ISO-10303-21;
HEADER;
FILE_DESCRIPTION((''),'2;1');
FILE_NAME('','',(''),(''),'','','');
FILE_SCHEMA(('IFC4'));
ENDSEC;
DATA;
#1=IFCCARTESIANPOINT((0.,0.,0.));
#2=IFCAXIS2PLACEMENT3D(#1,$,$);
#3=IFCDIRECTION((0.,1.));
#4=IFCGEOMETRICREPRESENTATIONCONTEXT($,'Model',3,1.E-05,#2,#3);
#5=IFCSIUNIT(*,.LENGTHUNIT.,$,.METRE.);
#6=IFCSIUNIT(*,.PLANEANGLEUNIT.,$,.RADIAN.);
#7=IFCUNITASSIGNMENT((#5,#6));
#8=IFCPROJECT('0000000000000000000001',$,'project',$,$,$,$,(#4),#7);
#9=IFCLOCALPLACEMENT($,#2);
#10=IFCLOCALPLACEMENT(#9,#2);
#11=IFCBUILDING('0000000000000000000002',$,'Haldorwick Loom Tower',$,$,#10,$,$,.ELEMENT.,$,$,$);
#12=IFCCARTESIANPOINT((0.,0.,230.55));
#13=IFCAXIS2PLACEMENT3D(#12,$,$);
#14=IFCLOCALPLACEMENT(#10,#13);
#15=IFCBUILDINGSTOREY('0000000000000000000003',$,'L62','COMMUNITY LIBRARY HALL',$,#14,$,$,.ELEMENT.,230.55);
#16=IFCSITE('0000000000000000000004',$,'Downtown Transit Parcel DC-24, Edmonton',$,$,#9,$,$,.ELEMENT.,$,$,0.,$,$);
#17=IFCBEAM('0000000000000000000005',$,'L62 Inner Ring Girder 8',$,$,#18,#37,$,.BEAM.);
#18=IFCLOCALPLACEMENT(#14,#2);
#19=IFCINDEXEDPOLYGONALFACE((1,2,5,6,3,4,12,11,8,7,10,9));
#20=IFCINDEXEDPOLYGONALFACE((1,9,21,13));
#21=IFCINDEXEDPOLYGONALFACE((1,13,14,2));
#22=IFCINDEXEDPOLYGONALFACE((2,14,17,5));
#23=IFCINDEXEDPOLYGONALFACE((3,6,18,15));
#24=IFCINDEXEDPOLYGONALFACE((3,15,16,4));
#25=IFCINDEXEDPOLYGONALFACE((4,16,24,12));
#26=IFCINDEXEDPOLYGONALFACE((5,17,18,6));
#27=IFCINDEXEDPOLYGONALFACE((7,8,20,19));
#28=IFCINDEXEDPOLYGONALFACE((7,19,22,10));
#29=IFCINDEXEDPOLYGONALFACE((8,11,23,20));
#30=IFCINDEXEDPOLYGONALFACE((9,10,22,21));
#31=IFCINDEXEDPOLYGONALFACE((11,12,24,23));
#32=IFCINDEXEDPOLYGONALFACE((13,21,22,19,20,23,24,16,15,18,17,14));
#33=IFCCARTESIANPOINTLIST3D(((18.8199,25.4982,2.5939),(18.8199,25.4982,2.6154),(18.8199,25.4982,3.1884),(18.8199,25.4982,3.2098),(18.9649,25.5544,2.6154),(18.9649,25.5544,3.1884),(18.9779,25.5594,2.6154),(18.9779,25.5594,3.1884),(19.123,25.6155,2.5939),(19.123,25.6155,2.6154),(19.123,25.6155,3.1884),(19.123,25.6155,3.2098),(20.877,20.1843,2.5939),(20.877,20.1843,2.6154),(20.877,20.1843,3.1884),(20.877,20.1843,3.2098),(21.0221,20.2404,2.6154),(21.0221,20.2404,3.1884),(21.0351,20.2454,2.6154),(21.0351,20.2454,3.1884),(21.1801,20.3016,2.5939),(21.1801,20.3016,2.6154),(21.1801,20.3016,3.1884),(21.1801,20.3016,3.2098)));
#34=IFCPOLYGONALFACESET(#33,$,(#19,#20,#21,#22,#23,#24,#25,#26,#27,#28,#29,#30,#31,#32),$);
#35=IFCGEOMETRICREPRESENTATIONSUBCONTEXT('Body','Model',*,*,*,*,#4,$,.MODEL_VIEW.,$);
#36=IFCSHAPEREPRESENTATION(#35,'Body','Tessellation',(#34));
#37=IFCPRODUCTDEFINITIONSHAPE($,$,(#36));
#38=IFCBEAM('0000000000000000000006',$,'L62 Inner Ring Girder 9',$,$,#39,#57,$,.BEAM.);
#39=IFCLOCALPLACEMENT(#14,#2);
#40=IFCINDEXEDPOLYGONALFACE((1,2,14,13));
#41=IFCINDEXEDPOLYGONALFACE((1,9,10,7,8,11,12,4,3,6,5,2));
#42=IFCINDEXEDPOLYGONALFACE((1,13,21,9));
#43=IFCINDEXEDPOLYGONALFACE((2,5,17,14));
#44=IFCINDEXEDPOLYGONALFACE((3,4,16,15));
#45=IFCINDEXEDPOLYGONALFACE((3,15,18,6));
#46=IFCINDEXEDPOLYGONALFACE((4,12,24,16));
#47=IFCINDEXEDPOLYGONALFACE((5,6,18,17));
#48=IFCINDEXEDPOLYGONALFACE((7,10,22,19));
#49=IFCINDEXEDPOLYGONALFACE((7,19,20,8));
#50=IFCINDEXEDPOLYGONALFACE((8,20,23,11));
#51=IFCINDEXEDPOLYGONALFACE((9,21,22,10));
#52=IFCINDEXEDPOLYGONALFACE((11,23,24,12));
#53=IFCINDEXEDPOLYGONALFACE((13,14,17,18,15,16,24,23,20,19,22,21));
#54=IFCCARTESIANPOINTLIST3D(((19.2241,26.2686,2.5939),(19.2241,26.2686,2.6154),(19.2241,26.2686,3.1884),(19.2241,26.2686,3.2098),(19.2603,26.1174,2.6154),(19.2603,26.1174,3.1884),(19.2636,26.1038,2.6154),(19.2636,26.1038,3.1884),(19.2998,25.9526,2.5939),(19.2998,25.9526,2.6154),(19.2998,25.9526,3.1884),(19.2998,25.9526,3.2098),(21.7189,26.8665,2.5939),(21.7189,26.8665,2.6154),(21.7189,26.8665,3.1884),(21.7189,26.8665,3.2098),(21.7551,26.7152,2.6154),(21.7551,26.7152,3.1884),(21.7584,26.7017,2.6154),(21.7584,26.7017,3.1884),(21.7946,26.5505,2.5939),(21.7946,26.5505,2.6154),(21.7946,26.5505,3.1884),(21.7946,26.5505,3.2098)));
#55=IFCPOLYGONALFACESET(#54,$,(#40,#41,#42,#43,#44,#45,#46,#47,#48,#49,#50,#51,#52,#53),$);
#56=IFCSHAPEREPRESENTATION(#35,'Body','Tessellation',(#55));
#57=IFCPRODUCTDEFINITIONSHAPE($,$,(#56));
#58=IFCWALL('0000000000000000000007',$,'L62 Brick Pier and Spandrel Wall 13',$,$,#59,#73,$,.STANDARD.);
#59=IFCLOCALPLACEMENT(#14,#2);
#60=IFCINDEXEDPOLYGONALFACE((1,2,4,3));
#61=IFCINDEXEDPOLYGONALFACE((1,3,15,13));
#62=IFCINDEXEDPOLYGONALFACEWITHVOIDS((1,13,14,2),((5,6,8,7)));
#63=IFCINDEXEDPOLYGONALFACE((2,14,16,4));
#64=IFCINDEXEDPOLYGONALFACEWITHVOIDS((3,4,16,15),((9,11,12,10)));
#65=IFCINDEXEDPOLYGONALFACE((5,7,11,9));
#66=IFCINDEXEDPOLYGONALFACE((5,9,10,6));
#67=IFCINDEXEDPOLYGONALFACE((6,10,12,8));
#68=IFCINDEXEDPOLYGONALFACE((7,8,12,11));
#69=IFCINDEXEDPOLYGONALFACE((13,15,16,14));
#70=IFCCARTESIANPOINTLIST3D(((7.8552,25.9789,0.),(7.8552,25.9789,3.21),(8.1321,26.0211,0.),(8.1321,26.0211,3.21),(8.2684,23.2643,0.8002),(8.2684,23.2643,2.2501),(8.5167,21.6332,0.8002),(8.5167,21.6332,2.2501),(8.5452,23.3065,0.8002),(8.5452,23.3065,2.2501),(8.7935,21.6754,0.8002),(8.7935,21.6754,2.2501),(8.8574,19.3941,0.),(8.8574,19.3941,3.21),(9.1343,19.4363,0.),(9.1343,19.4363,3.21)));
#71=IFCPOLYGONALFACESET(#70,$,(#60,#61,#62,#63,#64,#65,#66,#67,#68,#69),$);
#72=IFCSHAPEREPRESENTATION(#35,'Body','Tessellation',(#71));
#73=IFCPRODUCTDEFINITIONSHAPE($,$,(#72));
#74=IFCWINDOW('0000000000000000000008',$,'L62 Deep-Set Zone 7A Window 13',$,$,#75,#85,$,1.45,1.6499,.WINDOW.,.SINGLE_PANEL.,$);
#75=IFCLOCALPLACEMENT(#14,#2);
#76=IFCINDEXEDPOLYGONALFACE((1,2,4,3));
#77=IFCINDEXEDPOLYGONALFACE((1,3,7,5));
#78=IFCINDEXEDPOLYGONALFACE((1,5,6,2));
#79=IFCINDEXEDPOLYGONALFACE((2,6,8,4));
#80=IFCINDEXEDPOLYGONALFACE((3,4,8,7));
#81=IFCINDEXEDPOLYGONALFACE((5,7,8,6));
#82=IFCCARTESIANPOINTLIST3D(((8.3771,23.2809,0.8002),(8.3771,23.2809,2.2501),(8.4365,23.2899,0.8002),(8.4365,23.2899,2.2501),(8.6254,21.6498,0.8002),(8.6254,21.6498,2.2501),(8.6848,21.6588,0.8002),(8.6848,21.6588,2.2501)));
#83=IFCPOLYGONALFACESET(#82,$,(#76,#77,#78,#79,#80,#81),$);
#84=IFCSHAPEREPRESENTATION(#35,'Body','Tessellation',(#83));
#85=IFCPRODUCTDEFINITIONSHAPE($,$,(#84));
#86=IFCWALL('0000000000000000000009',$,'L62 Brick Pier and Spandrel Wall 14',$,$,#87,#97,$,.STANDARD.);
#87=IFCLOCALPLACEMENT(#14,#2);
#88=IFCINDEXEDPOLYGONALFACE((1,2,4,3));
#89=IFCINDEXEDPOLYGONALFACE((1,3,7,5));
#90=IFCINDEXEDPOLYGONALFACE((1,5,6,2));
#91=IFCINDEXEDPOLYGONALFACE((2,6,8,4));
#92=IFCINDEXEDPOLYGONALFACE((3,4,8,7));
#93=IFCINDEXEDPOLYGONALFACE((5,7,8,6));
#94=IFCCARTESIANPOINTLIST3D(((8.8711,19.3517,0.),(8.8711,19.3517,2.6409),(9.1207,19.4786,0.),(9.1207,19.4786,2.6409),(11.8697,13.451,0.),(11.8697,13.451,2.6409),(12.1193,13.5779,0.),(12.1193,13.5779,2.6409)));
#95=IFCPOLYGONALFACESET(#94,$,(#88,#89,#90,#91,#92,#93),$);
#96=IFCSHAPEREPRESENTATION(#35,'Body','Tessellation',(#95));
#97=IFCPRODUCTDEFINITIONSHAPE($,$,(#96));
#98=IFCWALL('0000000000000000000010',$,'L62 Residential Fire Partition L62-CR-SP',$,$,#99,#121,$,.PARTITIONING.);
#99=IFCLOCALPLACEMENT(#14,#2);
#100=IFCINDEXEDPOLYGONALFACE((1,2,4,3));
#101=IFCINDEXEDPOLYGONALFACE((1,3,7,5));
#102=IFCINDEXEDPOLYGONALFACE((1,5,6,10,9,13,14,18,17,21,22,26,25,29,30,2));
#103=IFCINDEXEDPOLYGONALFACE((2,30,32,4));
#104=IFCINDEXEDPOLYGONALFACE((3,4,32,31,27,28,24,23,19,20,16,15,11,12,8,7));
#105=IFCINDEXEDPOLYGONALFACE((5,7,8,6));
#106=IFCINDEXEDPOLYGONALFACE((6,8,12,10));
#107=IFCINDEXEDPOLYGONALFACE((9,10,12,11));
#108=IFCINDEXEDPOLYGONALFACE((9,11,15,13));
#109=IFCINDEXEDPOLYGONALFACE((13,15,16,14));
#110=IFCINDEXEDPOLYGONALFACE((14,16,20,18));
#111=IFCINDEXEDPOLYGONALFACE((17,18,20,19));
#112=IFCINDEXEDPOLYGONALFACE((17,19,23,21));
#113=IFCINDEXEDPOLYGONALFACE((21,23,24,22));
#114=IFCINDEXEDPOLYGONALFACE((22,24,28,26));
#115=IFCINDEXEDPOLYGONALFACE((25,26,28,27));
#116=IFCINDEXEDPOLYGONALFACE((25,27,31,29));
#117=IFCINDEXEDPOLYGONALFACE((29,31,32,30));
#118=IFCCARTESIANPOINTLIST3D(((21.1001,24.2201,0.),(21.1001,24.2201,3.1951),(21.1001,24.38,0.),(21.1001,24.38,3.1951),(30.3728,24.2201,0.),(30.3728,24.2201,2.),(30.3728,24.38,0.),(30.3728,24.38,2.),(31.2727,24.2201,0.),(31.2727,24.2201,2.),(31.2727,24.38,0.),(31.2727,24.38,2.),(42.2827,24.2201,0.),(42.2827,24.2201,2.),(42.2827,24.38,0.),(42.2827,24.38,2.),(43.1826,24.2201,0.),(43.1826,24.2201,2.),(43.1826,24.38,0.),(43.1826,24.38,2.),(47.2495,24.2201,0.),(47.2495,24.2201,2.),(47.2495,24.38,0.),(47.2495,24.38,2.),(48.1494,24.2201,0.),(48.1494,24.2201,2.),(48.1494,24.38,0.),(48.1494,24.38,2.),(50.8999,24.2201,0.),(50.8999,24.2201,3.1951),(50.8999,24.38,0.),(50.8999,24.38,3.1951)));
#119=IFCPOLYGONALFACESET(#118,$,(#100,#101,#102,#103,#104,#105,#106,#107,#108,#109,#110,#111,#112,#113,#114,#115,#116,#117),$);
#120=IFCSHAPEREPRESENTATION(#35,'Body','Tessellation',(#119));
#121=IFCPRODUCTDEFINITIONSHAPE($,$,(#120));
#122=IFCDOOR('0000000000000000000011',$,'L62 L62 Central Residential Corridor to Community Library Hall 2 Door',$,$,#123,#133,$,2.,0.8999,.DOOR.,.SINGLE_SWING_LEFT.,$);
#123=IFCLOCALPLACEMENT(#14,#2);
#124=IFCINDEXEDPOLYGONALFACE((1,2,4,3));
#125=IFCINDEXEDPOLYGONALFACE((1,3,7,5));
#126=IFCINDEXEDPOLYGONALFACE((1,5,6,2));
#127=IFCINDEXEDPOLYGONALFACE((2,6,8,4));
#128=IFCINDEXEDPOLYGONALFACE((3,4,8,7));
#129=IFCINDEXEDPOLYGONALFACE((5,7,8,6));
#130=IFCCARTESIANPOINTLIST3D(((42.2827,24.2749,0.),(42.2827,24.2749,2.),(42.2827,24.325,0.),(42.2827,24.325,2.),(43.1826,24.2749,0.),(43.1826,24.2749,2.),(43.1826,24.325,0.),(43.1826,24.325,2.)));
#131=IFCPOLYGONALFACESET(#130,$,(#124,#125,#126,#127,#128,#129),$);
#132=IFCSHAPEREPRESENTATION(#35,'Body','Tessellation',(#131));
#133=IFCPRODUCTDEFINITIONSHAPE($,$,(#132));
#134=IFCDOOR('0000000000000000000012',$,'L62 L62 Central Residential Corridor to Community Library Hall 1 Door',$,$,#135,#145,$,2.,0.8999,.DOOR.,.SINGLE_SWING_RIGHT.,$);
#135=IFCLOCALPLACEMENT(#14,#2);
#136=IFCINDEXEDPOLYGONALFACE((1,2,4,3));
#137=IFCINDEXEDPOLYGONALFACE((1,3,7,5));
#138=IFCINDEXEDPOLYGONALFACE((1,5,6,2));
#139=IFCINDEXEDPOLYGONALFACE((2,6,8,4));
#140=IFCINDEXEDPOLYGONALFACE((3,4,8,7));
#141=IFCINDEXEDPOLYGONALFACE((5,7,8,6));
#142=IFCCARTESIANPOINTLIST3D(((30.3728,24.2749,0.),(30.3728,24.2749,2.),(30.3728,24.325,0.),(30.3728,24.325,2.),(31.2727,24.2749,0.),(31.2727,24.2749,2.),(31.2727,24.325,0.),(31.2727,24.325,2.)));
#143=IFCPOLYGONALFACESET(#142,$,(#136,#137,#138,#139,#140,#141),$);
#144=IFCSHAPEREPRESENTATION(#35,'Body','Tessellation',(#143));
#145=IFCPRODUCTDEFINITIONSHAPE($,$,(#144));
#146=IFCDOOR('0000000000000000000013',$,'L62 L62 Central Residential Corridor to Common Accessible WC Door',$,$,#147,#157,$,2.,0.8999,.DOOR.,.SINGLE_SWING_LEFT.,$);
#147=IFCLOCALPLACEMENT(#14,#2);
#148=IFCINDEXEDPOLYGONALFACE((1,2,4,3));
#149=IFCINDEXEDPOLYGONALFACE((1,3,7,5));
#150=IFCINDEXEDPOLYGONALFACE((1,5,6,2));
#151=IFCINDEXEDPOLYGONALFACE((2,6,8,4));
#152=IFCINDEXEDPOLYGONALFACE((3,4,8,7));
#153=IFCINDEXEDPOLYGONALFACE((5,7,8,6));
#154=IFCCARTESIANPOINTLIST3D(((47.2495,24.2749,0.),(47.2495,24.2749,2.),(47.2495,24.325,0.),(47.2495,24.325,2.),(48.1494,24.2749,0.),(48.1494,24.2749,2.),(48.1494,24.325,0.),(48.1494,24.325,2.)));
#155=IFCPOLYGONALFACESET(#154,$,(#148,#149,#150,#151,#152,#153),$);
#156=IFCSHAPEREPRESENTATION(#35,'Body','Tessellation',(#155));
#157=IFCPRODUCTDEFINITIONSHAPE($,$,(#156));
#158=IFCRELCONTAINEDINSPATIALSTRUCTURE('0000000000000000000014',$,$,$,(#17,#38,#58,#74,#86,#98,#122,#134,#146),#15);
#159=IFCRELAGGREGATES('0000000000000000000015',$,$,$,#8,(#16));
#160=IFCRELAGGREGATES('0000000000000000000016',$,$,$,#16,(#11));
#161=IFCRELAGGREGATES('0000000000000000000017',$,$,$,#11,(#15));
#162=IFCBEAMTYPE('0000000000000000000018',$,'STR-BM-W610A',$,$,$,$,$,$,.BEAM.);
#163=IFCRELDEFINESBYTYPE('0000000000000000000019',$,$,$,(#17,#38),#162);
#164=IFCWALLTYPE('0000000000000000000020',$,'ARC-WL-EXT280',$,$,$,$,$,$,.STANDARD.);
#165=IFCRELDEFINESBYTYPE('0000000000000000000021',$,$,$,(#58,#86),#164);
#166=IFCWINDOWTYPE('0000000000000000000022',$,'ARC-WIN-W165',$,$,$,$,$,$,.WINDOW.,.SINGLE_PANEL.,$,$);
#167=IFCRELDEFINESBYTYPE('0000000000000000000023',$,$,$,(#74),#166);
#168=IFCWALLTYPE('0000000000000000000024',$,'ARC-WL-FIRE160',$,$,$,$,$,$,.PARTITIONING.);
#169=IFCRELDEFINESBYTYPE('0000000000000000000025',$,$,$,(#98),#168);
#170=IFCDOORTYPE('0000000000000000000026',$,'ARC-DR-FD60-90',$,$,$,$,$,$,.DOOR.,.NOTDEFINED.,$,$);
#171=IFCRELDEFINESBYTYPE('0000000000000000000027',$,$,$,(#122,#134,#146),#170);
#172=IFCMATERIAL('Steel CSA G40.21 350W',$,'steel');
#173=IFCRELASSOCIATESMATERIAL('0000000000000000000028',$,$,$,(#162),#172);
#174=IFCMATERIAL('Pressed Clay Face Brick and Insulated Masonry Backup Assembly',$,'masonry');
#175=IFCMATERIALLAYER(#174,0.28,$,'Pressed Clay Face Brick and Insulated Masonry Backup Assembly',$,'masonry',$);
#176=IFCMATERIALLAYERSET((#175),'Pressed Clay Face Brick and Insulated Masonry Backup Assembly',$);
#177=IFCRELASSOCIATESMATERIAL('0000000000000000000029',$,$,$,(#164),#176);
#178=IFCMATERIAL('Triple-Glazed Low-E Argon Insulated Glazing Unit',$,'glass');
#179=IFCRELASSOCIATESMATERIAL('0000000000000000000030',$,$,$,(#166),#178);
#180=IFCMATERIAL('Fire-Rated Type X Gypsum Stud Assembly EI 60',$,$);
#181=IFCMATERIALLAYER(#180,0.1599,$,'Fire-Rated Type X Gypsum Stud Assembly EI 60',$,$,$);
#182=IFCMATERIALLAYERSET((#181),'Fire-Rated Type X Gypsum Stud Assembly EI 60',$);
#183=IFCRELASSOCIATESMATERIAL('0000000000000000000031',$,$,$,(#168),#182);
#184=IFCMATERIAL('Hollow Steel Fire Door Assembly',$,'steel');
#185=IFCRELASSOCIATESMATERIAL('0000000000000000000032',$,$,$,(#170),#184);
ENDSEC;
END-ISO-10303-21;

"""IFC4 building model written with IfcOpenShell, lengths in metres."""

from ifc_helpers import new_model, si_unit, direction, frame, frame_2d, origin, origin_2d, place, context, subcontext, project, spatial, rectangle, i_section, extrude, material, layer, layer_set, material_profile, profile_set, type_object, element, fill, save


model = new_model("IFC4")

# Units and contexts
model_context = context("Model", 3, precision=1e-05, world=origin(), true_north=direction((0.0, 1.0)))
body_context = subcontext(model_context, "Body", "Model", "MODEL_VIEW")
ifc_project = project(units=[si_unit("LENGTHUNIT", "METRE"), si_unit("PLANEANGLEUNIT", "RADIAN")], contexts=[model_context])

# Site, building, storey
site_placement = place(None, origin())
site = spatial("IfcSite", under=ifc_project, at=site_placement, Name="Downtown Transit Parcel DC-24, Edmonton", CompositionType="ELEMENT", RefElevation=0.0)
building_placement = place(site_placement, origin())
building = spatial("IfcBuilding", under=site, at=building_placement, Name="Haldorwick Loom Tower", CompositionType="ELEMENT")
storey_placement = place(building_placement, frame((0.0, 0.0, 230.55)))
storey = spatial("IfcBuildingStorey", under=building, at=storey_placement, Name="L62", Description="COMMUNITY LIBRARY HALL", CompositionType="ELEMENT", Elevation=230.55)

# Beams
ifc_material_1 = material(Name="Steel CSA G40.21 350W", Category="steel")
ifc_material_profile_1 = material_profile(ifc_material_1, i_section(OverallWidth=0.325, OverallDepth=0.616, WebThickness=0.0139, FlangeThickness=0.0215, at=origin_2d()), Name="W610X174", Category="steel")
ifc_profile_set_1 = profile_set([ifc_material_profile_1], Name="Steel CSA G40.21 350W")
beam_type_1 = type_object("IfcBeamType", Name="STR-BM-W610A", PredefinedType="BEAM", material=ifc_profile_set_1)
beam_1_placement = place(storey_placement, frame((21.0286, 20.2429, 2.9019), z_axis=(-0.361011, 0.932562, 0.0), x_axis=(-0.932562, -0.361011, 0.0)))
element("IfcBeam", 1, at=beam_1_placement, inside=storey, type_object=beam_type_1, Name="L62 Inner Ring Girder 8", PredefinedType="BEAM", context=body_context, shape_type="SweptSolid", body=[
    extrude(i_section(OverallWidth=0.325, OverallDepth=0.616, WebThickness=0.0139, FlangeThickness=0.0215, at=origin_2d()), origin(), (0.0, 0.0, 1.0), 5.6982),
])
beam_2_placement = place(storey_placement, frame((19.262, 26.1106, 2.9019), z_axis=(0.972464, 0.233053, 0.0), x_axis=(-0.233053, 0.972464, 0.0)))
element("IfcBeam", 2, at=beam_2_placement, inside=storey, type_object=beam_type_1, Name="L62 Inner Ring Girder 9", PredefinedType="BEAM", context=body_context, shape_type="SweptSolid", body=[
    extrude(i_section(OverallWidth=0.325, OverallDepth=0.616, WebThickness=0.0139, FlangeThickness=0.0215, at=origin_2d()), origin(), (0.0, 0.0, 1.0), 2.5654),
])

# Wall, opening, window
ifc_material_2 = material(Name="Pressed Clay Face Brick and Insulated Masonry Backup Assembly", Category="masonry")
ifc_layer_1 = layer(ifc_material_2, 0.28, Name="Pressed Clay Face Brick and Insulated Masonry Backup Assembly", Category="masonry")
ifc_layer_set_1 = layer_set([ifc_layer_1], Name="Pressed Clay Face Brick and Insulated Masonry Backup Assembly")
wall_type_1 = type_object("IfcWallType", Name="ARC-WL-EXT280", PredefinedType="STANDARD", material=ifc_layer_set_1)
wall_1_placement = place(storey_placement, frame((7.9937, 26.0, 0.0), z_axis=(0.0, 0.0, 1.0), x_axis=(0.150468, -0.988615, 0.0)))
wall_1 = element("IfcWall", 3, at=wall_1_placement, inside=storey, type_object=wall_type_1, Name="L62 Brick Pier and Spandrel Wall 13", PredefinedType="STANDARD", context=body_context, shape_type="SweptSolid", body=[
    extrude(rectangle(XDim=6.6606, YDim=0.28, at=frame_2d((3.3303, 0.0))), origin(), (0.0, 0.0, 1.0), 3.21),
])
opening_1_placement = place(wall_1_placement, frame((2.7458, 0.0, 0.8)))
opening_1 = element("IfcOpeningElement", 4, at=opening_1_placement, cuts=wall_1, PredefinedType="OPENING", context=body_context, shape_type="SweptSolid", body=[
    extrude(rectangle(XDim=1.6499, YDim=1.45, at=frame_2d((0.825, 0.7251))), frame((0.0, 0.1499, 0.0), z_axis=(0.0, -1.0, 0.0), x_axis=(1.0, 0.0, 0.0)), (0.0, 0.0, 1.0), 0.3),
])
ifc_material_3 = material(Name="Triple-Glazed Low-E Argon Insulated Glazing Unit", Category="glass")
window_type = type_object("IfcWindowType", Name="ARC-WIN-W165", PartitioningType="SINGLE_PANEL", PredefinedType="WINDOW", material=ifc_material_3)
window_placement = place(opening_1_placement, origin())
window = element("IfcWindow", 5, at=window_placement, inside=storey, type_object=window_type, Name="L62 Deep-Set Zone 7A Window 13", OverallHeight=1.45, OverallWidth=1.6499, PartitioningType="SINGLE_PANEL", PredefinedType="WINDOW", context=body_context, shape_type="SweptSolid", body=[
    extrude(rectangle(XDim=1.6499, YDim=1.45, at=frame_2d((0.825, 0.7251))), frame((0.0, 0.03, 0.0), z_axis=(0.0, -1.0, 0.0), x_axis=(1.0, 0.0, 0.0)), (0.0, 0.0, 1.0), 0.0601),
])
fill(opening_1, window)

# Wall
wall_2_placement = place(storey_placement, frame((8.9958, 19.4153, 0.0), z_axis=(0.0, 0.0, 1.0), x_axis=(0.453032, -0.891494, 0.0)))
element("IfcWall", 6, at=wall_2_placement, inside=storey, type_object=wall_type_1, Name="L62 Brick Pier and Spandrel Wall 14", PredefinedType="STANDARD", context=body_context, shape_type="SweptSolid", body=[
    extrude(rectangle(XDim=6.6189, YDim=0.28, at=frame_2d((3.3096, 0.0))), origin(), (0.0, 0.0, 1.0), 2.6409),
])

# Wall, openings, doors
ifc_material_4 = material(Name="Fire-Rated Type X Gypsum Stud Assembly EI 60")
ifc_layer_2 = layer(ifc_material_4, 0.1599, Name="Fire-Rated Type X Gypsum Stud Assembly EI 60")
ifc_layer_set_2 = layer_set([ifc_layer_2], Name="Fire-Rated Type X Gypsum Stud Assembly EI 60")
wall_type_2 = type_object("IfcWallType", Name="ARC-WL-FIRE160", PredefinedType="PARTITIONING", material=ifc_layer_set_2)
wall_3_placement = place(storey_placement, frame((21.1001, 24.3, 0.0), z_axis=(0.0, 0.0, 1.0), x_axis=(1.0, 0.0, 0.0)))
wall_3 = element("IfcWall", 7, at=wall_3_placement, inside=storey, type_object=wall_type_2, Name="L62 Residential Fire Partition L62-CR-SP", PredefinedType="PARTITIONING", context=body_context, shape_type="SweptSolid", body=[
    extrude(rectangle(XDim=29.7998, YDim=0.1599, at=frame_2d((14.8999, 0.0))), origin(), (0.0, 0.0, 1.0), 3.1951),
])
opening_2_placement = place(wall_3_placement, frame((21.1826, 0.0, 0.0)))
opening_2 = element("IfcOpeningElement", 8, at=opening_2_placement, cuts=wall_3, PredefinedType="OPENING", context=body_context, shape_type="SweptSolid", body=[
    extrude(rectangle(XDim=0.8999, YDim=2.0, at=frame_2d((0.45, 1.0))), frame((0.0, 0.0898, 0.0), z_axis=(0.0, -1.0, 0.0), x_axis=(1.0, 0.0, 0.0)), (0.0, 0.0, 1.0), 0.1799),
])
opening_3_placement = place(wall_3_placement, frame((9.2727, 0.0, 0.0)))
opening_3 = element("IfcOpeningElement", 9, at=opening_3_placement, cuts=wall_3, PredefinedType="OPENING", context=body_context, shape_type="SweptSolid", body=[
    extrude(rectangle(XDim=0.8999, YDim=2.0, at=frame_2d((0.45, 1.0))), frame((0.0, 0.0898, 0.0), z_axis=(0.0, -1.0, 0.0), x_axis=(1.0, 0.0, 0.0)), (0.0, 0.0, 1.0), 0.1799),
])
opening_4_placement = place(wall_3_placement, frame((26.1494, 0.0, 0.0)))
opening_4 = element("IfcOpeningElement", 10, at=opening_4_placement, cuts=wall_3, PredefinedType="OPENING", context=body_context, shape_type="SweptSolid", body=[
    extrude(rectangle(XDim=0.8999, YDim=2.0, at=frame_2d((0.45, 1.0))), frame((0.0, 0.0898, 0.0), z_axis=(0.0, -1.0, 0.0), x_axis=(1.0, 0.0, 0.0)), (0.0, 0.0, 1.0), 0.1799),
])
ifc_material_5 = material(Name="Hollow Steel Fire Door Assembly", Category="steel")
door_type = type_object("IfcDoorType", Name="ARC-DR-FD60-90", OperationType="NOTDEFINED", PredefinedType="DOOR", material=ifc_material_5)
door_1_placement = place(opening_2_placement, origin())
door_1 = element("IfcDoor", 11, at=door_1_placement, inside=storey, type_object=door_type, Name="L62 L62 Central Residential Corridor to Community Library Hall 2 Door", OperationType="SINGLE_SWING_LEFT", OverallHeight=2.0, OverallWidth=0.8999, PredefinedType="DOOR", context=body_context, shape_type="SweptSolid", body=[
    extrude(rectangle(XDim=0.8999, YDim=2.0, at=frame_2d((0.45, 1.0))), frame((0.0, 0.0249, 0.0), z_axis=(0.0, -1.0, 0.0), x_axis=(1.0, 0.0, 0.0)), (0.0, 0.0, 1.0), 0.05),
])
fill(opening_2, door_1)
door_2_placement = place(opening_3_placement, origin())
door_2 = element("IfcDoor", 12, at=door_2_placement, inside=storey, type_object=door_type, Name="L62 L62 Central Residential Corridor to Community Library Hall 1 Door", OperationType="SINGLE_SWING_RIGHT", OverallHeight=2.0, OverallWidth=0.8999, PredefinedType="DOOR", context=body_context, shape_type="SweptSolid", body=[
    extrude(rectangle(XDim=0.8999, YDim=2.0, at=frame_2d((0.45, 1.0))), frame((0.0, 0.0249, 0.0), z_axis=(0.0, -1.0, 0.0), x_axis=(1.0, 0.0, 0.0)), (0.0, 0.0, 1.0), 0.05),
])
fill(opening_3, door_2)
door_3_placement = place(opening_4_placement, origin())
door_3 = element("IfcDoor", 13, at=door_3_placement, inside=storey, type_object=door_type, Name="L62 L62 Central Residential Corridor to Common Accessible WC Door", OperationType="SINGLE_SWING_LEFT", OverallHeight=2.0, OverallWidth=0.8999, PredefinedType="DOOR", context=body_context, shape_type="SweptSolid", body=[
    extrude(rectangle(XDim=0.8999, YDim=2.0, at=frame_2d((0.45, 1.0))), frame((0.0, 0.0249, 0.0), z_axis=(0.0, -1.0, 0.0), x_axis=(1.0, 0.0, 0.0)), (0.0, 0.0, 1.0), 0.05),
])
fill(opening_4, door_3)

save(model, "model.ifc")
